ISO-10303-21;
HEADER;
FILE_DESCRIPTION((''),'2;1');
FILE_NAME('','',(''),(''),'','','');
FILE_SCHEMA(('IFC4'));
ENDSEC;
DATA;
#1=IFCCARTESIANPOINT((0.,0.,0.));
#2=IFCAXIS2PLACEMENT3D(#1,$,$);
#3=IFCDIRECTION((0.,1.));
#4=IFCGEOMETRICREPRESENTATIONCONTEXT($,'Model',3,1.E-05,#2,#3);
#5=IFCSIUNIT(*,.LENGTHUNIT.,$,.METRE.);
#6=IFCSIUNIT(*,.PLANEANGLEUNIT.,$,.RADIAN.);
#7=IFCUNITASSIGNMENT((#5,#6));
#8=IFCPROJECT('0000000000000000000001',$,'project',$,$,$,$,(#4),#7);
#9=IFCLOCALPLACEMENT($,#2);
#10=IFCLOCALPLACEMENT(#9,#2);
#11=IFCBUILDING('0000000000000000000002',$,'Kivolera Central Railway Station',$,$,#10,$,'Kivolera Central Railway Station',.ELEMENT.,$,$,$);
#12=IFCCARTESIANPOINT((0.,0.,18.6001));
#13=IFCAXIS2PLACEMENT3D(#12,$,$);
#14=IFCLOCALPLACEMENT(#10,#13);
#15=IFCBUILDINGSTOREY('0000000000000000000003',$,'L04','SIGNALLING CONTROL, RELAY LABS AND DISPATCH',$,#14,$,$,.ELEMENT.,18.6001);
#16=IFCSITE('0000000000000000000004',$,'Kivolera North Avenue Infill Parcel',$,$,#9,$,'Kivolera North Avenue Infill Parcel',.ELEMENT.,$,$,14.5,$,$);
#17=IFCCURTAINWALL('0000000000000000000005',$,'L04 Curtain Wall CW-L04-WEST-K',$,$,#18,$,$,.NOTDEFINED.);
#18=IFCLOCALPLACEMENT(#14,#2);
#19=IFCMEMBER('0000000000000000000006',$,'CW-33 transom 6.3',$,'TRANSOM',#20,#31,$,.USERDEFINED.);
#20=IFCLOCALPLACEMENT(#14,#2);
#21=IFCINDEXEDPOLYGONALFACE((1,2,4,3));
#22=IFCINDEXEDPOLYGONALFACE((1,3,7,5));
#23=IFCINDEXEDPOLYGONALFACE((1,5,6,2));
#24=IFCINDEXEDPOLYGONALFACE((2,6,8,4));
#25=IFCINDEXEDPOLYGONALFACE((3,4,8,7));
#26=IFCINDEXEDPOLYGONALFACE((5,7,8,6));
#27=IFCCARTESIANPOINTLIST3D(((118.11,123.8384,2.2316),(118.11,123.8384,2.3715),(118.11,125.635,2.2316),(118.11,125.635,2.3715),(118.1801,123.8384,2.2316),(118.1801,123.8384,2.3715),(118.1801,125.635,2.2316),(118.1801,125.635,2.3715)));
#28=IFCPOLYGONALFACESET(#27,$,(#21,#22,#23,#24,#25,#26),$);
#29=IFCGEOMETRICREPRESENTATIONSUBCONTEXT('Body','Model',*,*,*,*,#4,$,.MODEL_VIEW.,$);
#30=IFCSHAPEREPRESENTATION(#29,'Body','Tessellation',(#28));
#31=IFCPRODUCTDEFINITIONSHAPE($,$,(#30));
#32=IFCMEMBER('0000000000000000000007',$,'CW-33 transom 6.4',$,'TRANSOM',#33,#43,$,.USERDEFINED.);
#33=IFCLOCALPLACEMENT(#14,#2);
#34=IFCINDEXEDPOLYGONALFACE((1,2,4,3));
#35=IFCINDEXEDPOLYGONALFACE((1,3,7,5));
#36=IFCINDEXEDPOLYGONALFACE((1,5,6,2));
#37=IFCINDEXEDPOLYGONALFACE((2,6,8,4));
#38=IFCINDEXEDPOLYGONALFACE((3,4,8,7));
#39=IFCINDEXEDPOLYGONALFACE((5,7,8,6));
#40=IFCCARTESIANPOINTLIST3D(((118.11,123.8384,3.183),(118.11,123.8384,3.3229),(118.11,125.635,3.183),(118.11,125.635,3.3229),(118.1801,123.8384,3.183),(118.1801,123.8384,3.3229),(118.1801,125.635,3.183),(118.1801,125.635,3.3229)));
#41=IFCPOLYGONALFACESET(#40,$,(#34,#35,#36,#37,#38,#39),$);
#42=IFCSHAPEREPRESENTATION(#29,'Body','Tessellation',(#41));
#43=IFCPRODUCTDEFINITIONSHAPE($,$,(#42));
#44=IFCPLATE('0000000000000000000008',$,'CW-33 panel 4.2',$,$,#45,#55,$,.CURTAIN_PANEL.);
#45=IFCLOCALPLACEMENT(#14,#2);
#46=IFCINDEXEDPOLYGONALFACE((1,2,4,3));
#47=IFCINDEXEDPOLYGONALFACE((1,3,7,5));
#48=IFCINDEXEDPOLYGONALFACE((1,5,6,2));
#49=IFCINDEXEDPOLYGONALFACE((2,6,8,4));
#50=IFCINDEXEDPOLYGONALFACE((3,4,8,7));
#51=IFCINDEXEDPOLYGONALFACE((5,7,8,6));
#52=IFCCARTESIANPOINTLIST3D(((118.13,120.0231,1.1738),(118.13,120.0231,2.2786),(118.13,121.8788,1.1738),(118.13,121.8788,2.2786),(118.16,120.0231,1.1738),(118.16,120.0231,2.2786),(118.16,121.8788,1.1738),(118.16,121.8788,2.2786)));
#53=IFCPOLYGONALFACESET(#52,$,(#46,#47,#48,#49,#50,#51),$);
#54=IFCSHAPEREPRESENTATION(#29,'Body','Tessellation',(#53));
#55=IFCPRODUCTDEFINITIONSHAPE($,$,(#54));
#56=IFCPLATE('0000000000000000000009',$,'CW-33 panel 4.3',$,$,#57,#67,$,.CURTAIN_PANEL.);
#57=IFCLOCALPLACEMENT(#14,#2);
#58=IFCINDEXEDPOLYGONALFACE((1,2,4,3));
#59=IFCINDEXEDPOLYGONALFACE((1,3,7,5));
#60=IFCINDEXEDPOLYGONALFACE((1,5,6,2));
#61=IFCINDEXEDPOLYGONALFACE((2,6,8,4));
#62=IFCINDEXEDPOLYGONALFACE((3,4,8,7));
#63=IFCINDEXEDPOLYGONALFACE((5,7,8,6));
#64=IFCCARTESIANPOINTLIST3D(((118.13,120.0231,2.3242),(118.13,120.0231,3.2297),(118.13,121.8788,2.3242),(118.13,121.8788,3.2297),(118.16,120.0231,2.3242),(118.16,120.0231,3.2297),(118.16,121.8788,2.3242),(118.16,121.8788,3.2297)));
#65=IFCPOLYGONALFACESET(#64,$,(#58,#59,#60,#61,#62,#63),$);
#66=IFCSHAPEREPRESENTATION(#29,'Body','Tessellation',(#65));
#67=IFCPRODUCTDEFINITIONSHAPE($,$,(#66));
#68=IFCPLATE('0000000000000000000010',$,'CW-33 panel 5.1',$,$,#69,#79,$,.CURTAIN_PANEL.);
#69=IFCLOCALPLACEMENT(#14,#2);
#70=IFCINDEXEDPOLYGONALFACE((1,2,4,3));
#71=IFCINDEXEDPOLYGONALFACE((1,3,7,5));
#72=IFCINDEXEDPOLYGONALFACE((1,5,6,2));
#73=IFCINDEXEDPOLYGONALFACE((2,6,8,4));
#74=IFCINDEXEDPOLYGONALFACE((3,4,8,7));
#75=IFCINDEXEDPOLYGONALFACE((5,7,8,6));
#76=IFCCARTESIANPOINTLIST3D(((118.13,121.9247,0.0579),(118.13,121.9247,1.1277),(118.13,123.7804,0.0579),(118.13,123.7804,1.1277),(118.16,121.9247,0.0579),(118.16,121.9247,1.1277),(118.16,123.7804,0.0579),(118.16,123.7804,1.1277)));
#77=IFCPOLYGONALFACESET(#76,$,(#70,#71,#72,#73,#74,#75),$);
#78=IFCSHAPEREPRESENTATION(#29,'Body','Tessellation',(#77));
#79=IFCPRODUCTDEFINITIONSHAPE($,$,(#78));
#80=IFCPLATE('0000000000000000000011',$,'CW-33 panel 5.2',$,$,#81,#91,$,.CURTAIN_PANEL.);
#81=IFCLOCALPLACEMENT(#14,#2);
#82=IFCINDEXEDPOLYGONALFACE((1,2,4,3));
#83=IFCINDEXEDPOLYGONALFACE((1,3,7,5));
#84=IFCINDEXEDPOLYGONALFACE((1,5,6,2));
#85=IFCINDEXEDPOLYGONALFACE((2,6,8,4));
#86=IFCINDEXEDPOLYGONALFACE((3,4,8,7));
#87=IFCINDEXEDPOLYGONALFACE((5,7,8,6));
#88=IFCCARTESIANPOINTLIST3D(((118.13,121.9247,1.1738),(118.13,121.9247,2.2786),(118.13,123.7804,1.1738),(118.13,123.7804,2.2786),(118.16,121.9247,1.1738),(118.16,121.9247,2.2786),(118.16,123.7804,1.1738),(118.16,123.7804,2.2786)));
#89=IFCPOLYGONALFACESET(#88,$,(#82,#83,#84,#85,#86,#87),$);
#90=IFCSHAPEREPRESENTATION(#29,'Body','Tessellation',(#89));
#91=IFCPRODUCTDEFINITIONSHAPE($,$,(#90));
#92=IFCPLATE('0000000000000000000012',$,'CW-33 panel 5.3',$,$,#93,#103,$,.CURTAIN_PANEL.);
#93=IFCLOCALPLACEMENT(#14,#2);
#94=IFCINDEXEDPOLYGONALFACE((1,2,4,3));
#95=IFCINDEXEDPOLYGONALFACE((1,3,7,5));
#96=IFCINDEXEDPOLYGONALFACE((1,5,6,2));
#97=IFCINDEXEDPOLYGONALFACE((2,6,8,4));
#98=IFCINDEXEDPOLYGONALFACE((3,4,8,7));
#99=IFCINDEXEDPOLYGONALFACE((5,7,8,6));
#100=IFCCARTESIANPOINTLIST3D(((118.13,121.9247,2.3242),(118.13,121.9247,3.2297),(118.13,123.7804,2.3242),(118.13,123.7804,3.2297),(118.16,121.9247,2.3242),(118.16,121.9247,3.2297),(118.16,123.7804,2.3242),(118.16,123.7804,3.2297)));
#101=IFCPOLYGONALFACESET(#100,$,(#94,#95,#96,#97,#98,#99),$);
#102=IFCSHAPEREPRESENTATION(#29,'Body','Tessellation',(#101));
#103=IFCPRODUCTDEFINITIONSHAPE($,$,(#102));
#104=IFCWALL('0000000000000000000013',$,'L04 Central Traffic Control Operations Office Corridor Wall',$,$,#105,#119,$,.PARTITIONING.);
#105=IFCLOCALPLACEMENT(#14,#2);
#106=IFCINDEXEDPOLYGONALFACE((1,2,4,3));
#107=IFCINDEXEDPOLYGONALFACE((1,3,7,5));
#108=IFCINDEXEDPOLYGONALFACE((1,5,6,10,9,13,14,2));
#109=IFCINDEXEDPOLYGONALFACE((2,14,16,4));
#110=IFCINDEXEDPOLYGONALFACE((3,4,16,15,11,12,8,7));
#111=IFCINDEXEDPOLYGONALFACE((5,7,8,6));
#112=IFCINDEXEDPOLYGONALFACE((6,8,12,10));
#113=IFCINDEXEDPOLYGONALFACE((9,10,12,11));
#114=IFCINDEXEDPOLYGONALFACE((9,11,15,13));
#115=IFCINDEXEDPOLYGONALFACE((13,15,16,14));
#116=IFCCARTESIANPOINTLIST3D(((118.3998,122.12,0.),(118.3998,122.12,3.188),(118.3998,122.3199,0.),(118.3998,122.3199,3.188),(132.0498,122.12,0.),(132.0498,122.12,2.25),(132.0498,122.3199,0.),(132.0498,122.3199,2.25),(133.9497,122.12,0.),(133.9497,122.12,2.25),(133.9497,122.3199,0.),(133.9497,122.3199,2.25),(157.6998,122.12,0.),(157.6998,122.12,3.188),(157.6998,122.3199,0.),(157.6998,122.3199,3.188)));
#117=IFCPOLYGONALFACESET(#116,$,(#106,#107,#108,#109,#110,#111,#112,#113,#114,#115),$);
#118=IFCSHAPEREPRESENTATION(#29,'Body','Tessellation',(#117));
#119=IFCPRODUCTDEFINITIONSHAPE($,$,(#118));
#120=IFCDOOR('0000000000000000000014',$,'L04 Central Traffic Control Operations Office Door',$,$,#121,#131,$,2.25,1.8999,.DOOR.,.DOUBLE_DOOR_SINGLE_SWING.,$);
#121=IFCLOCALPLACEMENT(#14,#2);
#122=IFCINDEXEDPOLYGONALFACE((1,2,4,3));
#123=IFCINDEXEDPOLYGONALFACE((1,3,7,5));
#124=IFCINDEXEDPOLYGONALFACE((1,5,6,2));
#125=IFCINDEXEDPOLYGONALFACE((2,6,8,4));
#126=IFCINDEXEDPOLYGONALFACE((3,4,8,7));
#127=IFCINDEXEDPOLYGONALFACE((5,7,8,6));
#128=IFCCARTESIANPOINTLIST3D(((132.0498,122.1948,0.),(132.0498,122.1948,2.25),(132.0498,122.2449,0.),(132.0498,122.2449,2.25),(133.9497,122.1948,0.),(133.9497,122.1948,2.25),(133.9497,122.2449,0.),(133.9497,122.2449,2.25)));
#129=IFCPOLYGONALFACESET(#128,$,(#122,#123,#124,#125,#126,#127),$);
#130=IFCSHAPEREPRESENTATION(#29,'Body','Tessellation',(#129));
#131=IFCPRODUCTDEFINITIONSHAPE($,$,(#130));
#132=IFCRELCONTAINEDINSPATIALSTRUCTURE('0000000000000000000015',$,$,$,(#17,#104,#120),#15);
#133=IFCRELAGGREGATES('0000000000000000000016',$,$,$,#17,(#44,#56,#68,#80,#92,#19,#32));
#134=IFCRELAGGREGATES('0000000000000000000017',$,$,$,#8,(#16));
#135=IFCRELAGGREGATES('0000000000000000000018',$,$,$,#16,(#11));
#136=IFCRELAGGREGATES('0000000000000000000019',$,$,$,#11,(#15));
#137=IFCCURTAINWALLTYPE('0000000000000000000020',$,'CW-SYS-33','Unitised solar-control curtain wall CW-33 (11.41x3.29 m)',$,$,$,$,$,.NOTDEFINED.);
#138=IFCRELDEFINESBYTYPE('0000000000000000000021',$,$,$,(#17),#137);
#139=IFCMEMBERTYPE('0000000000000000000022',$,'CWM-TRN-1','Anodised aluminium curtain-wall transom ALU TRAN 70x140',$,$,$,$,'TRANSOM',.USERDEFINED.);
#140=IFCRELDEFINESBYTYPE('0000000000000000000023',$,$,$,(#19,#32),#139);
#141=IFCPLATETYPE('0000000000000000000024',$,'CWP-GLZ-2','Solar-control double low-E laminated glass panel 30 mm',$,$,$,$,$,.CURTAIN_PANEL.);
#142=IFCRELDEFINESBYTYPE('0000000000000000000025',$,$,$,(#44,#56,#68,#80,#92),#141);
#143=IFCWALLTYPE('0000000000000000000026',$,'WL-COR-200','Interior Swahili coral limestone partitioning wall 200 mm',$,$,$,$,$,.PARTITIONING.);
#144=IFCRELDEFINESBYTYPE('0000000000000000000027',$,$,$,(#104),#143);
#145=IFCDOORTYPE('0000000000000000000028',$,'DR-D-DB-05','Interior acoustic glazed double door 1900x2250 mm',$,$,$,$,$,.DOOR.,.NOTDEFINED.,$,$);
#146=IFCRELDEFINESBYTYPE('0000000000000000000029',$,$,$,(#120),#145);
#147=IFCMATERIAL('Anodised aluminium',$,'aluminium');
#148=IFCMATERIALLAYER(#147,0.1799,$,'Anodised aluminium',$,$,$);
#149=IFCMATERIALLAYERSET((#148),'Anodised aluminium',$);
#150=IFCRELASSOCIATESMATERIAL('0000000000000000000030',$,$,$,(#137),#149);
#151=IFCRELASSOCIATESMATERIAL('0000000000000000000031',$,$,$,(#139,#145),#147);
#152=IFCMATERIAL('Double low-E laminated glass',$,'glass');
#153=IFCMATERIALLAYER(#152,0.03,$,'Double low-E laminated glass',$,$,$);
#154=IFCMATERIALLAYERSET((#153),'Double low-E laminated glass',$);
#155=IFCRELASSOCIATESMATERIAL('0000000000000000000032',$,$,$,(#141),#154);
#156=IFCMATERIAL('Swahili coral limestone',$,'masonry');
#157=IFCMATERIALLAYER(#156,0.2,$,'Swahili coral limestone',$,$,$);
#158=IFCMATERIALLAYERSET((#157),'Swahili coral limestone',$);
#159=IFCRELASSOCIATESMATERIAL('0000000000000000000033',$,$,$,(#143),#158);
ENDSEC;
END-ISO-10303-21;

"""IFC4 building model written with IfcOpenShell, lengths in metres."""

from ifc_helpers import new_model, si_unit, direction, frame, frame_2d, origin, origin_2d, place, context, subcontext, project, spatial, rectangle, extrude, material, layer, layer_set, material_profile, profile_set, type_object, element, fill, aggregate, save


model = new_model("IFC4")

# Units and contexts
model_context = context("Model", 3, precision=1e-05, world=origin(), true_north=direction((0.0, 1.0)))
body_context = subcontext(model_context, "Body", "Model", "MODEL_VIEW")
ifc_project = project(units=[si_unit("LENGTHUNIT", "METRE"), si_unit("PLANEANGLEUNIT", "RADIAN")], contexts=[model_context])

# Site, building, storey
site_placement = place(None, origin())
site = spatial("IfcSite", under=ifc_project, at=site_placement, Name="Kivolera North Avenue Infill Parcel", LongName="Kivolera North Avenue Infill Parcel", CompositionType="ELEMENT", RefElevation=14.5)
building_placement = place(site_placement, origin())
building = spatial("IfcBuilding", under=site, at=building_placement, Name="Kivolera Central Railway Station", LongName="Kivolera Central Railway Station", CompositionType="ELEMENT")
storey_placement = place(building_placement, frame((0.0, 0.0, 18.6001)))
storey = spatial("IfcBuildingStorey", under=building, at=storey_placement, Name="L04", Description="SIGNALLING CONTROL, RELAY LABS AND DISPATCH", CompositionType="ELEMENT", Elevation=18.6001)

# Curtain wall, members, plates
ifc_material_1 = material(Name="Anodised aluminium", Category="aluminium")
ifc_layer_1 = layer(ifc_material_1, 0.1799, Name="Anodised aluminium")
ifc_layer_set_1 = layer_set([ifc_layer_1], Name="Anodised aluminium")
curtain_wall_type = type_object("IfcCurtainWallType", Name="CW-SYS-33", Description="Unitised solar-control curtain wall CW-33 (11.41x3.29 m)", PredefinedType="NOTDEFINED", material=ifc_layer_set_1)
curtain_wall_placement = place(storey_placement, origin())
curtain_wall = element("IfcCurtainWall", 1, at=curtain_wall_placement, inside=storey, type_object=curtain_wall_type, Name="L04 Curtain Wall CW-L04-WEST-K", PredefinedType="NOTDEFINED")
ifc_material_profile_1 = material_profile(ifc_material_1, rectangle(XDim=0.0701, YDim=0.1399, at=origin_2d()), Name="ALU TRAN 70x140")
ifc_profile_set_1 = profile_set([ifc_material_profile_1], Name="Anodised aluminium")
member_type = type_object("IfcMemberType", Name="CWM-TRN-1", Description="Anodised aluminium curtain-wall transom ALU TRAN 70x140", ElementType="TRANSOM", PredefinedType="USERDEFINED", material=ifc_profile_set_1)
member_1_placement = place(storey_placement, frame((118.145, 123.8384, 2.3015), z_axis=(0.0, 1.0, 0.0), x_axis=(-1.0, 0.0, 0.0)))
member_1 = element("IfcMember", 2, at=member_1_placement, type_object=member_type, Name="CW-33 transom 6.3", ObjectType="TRANSOM", PredefinedType="USERDEFINED", context=body_context, shape_type="SweptSolid", body=[
    extrude(rectangle(XDim=0.0701, YDim=0.1399, at=origin_2d()), origin(), (0.0, 0.0, 1.0), 1.7966),
])
member_2_placement = place(storey_placement, frame((118.145, 123.8384, 3.2529), z_axis=(0.0, 1.0, 0.0), x_axis=(-1.0, 0.0, 0.0)))
member_2 = element("IfcMember", 3, at=member_2_placement, type_object=member_type, Name="CW-33 transom 6.4", ObjectType="TRANSOM", PredefinedType="USERDEFINED", context=body_context, shape_type="SweptSolid", body=[
    extrude(rectangle(XDim=0.0701, YDim=0.1399, at=origin_2d()), origin(), (0.0, 0.0, 1.0), 1.7966),
])
ifc_material_2 = material(Name="Double low-E laminated glass", Category="glass")
ifc_layer_2 = layer(ifc_material_2, 0.03, Name="Double low-E laminated glass")
ifc_layer_set_2 = layer_set([ifc_layer_2], Name="Double low-E laminated glass")
plate_type = type_object("IfcPlateType", Name="CWP-GLZ-2", Description="Solar-control double low-E laminated glass panel 30 mm", PredefinedType="CURTAIN_PANEL", material=ifc_layer_set_2)
plate_1_placement = place(storey_placement, frame((118.145, 120.9509, 1.1738), z_axis=(0.0, 0.0, 1.0), x_axis=(0.0, 1.0, 0.0)))
plate_1 = element("IfcPlate", 4, at=plate_1_placement, type_object=plate_type, Name="CW-33 panel 4.2", PredefinedType="CURTAIN_PANEL", context=body_context, shape_type="SweptSolid", body=[
    extrude(rectangle(XDim=1.8557, YDim=0.03, at=origin_2d()), origin(), (0.0, 0.0, 1.0), 1.1047),
])
plate_2_placement = place(storey_placement, frame((118.145, 120.9509, 2.3242), z_axis=(0.0, 0.0, 1.0), x_axis=(0.0, 1.0, 0.0)))
plate_2 = element("IfcPlate", 5, at=plate_2_placement, type_object=plate_type, Name="CW-33 panel 4.3", PredefinedType="CURTAIN_PANEL", context=body_context, shape_type="SweptSolid", body=[
    extrude(rectangle(XDim=1.8557, YDim=0.03, at=origin_2d()), origin(), (0.0, 0.0, 1.0), 0.9055),
])
plate_3_placement = place(storey_placement, frame((118.145, 122.8525, 0.0579), z_axis=(0.0, 0.0, 1.0), x_axis=(0.0, 1.0, 0.0)))
plate_3 = element("IfcPlate", 6, at=plate_3_placement, type_object=plate_type, Name="CW-33 panel 5.1", PredefinedType="CURTAIN_PANEL", context=body_context, shape_type="SweptSolid", body=[
    extrude(rectangle(XDim=1.8557, YDim=0.03, at=origin_2d()), origin(), (0.0, 0.0, 1.0), 1.0698),
])
plate_4_placement = place(storey_placement, frame((118.145, 122.8525, 1.1738), z_axis=(0.0, 0.0, 1.0), x_axis=(0.0, 1.0, 0.0)))
plate_4 = element("IfcPlate", 7, at=plate_4_placement, type_object=plate_type, Name="CW-33 panel 5.2", PredefinedType="CURTAIN_PANEL", context=body_context, shape_type="SweptSolid", body=[
    extrude(rectangle(XDim=1.8557, YDim=0.03, at=origin_2d()), origin(), (0.0, 0.0, 1.0), 1.1047),
])
plate_5_placement = place(storey_placement, frame((118.145, 122.8525, 2.3242), z_axis=(0.0, 0.0, 1.0), x_axis=(0.0, 1.0, 0.0)))
plate_5 = element("IfcPlate", 8, at=plate_5_placement, type_object=plate_type, Name="CW-33 panel 5.3", PredefinedType="CURTAIN_PANEL", context=body_context, shape_type="SweptSolid", body=[
    extrude(rectangle(XDim=1.8557, YDim=0.03, at=origin_2d()), origin(), (0.0, 0.0, 1.0), 0.9055),
])
aggregate(curtain_wall, [plate_1, plate_2, plate_3, plate_4, plate_5, member_1, member_2])

# Wall, opening, door
ifc_material_3 = material(Name="Swahili coral limestone", Category="masonry")
ifc_layer_3 = layer(ifc_material_3, 0.2, Name="Swahili coral limestone")
ifc_layer_set_3 = layer_set([ifc_layer_3], Name="Swahili coral limestone")
wall_type = type_object("IfcWallType", Name="WL-COR-200", Description="Interior Swahili coral limestone partitioning wall 200 mm", PredefinedType="PARTITIONING", material=ifc_layer_set_3)
wall_placement = place(storey_placement, frame((118.3999, 122.22, 0.0), z_axis=(0.0, 0.0, 1.0), x_axis=(1.0, 0.0, 0.0)))
wall = element("IfcWall", 9, at=wall_placement, inside=storey, type_object=wall_type, Name="L04 Central Traffic Control Operations Office Corridor Wall", PredefinedType="PARTITIONING", context=body_context, shape_type="SweptSolid", body=[
    extrude(rectangle(XDim=39.3, YDim=0.2, at=frame_2d((19.6499, 0.0))), origin(), (0.0, 0.0, 1.0), 3.188),
])
opening_placement = place(wall_placement, frame((13.6499, 0.0, 0.0)))
opening = element("IfcOpeningElement", 10, at=opening_placement, cuts=wall, PredefinedType="OPENING", context=body_context, shape_type="SweptSolid", body=[
    extrude(rectangle(XDim=1.8999, YDim=2.25, at=frame_2d((0.95, 1.125))), frame((0.0, 0.1099, 0.0), z_axis=(0.0, -1.0, 0.0), x_axis=(1.0, 0.0, 0.0)), (0.0, 0.0, 1.0), 0.22),
])
door_type = type_object("IfcDoorType", Name="DR-D-DB-05", Description="Interior acoustic glazed double door 1900x2250 mm", OperationType="NOTDEFINED", PredefinedType="DOOR", material=ifc_material_1)
door_placement = place(opening_placement, origin())
door = element("IfcDoor", 11, at=door_placement, inside=storey, type_object=door_type, Name="L04 Central Traffic Control Operations Office Door", OperationType="DOUBLE_DOOR_SINGLE_SWING", OverallHeight=2.25, OverallWidth=1.8999, PredefinedType="DOOR", context=body_context, shape_type="SweptSolid", body=[
    extrude(rectangle(XDim=1.8999, YDim=2.25, at=frame_2d((0.95, 1.125))), frame((0.0, 0.0249, 0.0), z_axis=(0.0, -1.0, 0.0), x_axis=(1.0, 0.0, 0.0)), (0.0, 0.0, 1.0), 0.05),
])
fill(opening, door)

save(model, "model.ifc")
